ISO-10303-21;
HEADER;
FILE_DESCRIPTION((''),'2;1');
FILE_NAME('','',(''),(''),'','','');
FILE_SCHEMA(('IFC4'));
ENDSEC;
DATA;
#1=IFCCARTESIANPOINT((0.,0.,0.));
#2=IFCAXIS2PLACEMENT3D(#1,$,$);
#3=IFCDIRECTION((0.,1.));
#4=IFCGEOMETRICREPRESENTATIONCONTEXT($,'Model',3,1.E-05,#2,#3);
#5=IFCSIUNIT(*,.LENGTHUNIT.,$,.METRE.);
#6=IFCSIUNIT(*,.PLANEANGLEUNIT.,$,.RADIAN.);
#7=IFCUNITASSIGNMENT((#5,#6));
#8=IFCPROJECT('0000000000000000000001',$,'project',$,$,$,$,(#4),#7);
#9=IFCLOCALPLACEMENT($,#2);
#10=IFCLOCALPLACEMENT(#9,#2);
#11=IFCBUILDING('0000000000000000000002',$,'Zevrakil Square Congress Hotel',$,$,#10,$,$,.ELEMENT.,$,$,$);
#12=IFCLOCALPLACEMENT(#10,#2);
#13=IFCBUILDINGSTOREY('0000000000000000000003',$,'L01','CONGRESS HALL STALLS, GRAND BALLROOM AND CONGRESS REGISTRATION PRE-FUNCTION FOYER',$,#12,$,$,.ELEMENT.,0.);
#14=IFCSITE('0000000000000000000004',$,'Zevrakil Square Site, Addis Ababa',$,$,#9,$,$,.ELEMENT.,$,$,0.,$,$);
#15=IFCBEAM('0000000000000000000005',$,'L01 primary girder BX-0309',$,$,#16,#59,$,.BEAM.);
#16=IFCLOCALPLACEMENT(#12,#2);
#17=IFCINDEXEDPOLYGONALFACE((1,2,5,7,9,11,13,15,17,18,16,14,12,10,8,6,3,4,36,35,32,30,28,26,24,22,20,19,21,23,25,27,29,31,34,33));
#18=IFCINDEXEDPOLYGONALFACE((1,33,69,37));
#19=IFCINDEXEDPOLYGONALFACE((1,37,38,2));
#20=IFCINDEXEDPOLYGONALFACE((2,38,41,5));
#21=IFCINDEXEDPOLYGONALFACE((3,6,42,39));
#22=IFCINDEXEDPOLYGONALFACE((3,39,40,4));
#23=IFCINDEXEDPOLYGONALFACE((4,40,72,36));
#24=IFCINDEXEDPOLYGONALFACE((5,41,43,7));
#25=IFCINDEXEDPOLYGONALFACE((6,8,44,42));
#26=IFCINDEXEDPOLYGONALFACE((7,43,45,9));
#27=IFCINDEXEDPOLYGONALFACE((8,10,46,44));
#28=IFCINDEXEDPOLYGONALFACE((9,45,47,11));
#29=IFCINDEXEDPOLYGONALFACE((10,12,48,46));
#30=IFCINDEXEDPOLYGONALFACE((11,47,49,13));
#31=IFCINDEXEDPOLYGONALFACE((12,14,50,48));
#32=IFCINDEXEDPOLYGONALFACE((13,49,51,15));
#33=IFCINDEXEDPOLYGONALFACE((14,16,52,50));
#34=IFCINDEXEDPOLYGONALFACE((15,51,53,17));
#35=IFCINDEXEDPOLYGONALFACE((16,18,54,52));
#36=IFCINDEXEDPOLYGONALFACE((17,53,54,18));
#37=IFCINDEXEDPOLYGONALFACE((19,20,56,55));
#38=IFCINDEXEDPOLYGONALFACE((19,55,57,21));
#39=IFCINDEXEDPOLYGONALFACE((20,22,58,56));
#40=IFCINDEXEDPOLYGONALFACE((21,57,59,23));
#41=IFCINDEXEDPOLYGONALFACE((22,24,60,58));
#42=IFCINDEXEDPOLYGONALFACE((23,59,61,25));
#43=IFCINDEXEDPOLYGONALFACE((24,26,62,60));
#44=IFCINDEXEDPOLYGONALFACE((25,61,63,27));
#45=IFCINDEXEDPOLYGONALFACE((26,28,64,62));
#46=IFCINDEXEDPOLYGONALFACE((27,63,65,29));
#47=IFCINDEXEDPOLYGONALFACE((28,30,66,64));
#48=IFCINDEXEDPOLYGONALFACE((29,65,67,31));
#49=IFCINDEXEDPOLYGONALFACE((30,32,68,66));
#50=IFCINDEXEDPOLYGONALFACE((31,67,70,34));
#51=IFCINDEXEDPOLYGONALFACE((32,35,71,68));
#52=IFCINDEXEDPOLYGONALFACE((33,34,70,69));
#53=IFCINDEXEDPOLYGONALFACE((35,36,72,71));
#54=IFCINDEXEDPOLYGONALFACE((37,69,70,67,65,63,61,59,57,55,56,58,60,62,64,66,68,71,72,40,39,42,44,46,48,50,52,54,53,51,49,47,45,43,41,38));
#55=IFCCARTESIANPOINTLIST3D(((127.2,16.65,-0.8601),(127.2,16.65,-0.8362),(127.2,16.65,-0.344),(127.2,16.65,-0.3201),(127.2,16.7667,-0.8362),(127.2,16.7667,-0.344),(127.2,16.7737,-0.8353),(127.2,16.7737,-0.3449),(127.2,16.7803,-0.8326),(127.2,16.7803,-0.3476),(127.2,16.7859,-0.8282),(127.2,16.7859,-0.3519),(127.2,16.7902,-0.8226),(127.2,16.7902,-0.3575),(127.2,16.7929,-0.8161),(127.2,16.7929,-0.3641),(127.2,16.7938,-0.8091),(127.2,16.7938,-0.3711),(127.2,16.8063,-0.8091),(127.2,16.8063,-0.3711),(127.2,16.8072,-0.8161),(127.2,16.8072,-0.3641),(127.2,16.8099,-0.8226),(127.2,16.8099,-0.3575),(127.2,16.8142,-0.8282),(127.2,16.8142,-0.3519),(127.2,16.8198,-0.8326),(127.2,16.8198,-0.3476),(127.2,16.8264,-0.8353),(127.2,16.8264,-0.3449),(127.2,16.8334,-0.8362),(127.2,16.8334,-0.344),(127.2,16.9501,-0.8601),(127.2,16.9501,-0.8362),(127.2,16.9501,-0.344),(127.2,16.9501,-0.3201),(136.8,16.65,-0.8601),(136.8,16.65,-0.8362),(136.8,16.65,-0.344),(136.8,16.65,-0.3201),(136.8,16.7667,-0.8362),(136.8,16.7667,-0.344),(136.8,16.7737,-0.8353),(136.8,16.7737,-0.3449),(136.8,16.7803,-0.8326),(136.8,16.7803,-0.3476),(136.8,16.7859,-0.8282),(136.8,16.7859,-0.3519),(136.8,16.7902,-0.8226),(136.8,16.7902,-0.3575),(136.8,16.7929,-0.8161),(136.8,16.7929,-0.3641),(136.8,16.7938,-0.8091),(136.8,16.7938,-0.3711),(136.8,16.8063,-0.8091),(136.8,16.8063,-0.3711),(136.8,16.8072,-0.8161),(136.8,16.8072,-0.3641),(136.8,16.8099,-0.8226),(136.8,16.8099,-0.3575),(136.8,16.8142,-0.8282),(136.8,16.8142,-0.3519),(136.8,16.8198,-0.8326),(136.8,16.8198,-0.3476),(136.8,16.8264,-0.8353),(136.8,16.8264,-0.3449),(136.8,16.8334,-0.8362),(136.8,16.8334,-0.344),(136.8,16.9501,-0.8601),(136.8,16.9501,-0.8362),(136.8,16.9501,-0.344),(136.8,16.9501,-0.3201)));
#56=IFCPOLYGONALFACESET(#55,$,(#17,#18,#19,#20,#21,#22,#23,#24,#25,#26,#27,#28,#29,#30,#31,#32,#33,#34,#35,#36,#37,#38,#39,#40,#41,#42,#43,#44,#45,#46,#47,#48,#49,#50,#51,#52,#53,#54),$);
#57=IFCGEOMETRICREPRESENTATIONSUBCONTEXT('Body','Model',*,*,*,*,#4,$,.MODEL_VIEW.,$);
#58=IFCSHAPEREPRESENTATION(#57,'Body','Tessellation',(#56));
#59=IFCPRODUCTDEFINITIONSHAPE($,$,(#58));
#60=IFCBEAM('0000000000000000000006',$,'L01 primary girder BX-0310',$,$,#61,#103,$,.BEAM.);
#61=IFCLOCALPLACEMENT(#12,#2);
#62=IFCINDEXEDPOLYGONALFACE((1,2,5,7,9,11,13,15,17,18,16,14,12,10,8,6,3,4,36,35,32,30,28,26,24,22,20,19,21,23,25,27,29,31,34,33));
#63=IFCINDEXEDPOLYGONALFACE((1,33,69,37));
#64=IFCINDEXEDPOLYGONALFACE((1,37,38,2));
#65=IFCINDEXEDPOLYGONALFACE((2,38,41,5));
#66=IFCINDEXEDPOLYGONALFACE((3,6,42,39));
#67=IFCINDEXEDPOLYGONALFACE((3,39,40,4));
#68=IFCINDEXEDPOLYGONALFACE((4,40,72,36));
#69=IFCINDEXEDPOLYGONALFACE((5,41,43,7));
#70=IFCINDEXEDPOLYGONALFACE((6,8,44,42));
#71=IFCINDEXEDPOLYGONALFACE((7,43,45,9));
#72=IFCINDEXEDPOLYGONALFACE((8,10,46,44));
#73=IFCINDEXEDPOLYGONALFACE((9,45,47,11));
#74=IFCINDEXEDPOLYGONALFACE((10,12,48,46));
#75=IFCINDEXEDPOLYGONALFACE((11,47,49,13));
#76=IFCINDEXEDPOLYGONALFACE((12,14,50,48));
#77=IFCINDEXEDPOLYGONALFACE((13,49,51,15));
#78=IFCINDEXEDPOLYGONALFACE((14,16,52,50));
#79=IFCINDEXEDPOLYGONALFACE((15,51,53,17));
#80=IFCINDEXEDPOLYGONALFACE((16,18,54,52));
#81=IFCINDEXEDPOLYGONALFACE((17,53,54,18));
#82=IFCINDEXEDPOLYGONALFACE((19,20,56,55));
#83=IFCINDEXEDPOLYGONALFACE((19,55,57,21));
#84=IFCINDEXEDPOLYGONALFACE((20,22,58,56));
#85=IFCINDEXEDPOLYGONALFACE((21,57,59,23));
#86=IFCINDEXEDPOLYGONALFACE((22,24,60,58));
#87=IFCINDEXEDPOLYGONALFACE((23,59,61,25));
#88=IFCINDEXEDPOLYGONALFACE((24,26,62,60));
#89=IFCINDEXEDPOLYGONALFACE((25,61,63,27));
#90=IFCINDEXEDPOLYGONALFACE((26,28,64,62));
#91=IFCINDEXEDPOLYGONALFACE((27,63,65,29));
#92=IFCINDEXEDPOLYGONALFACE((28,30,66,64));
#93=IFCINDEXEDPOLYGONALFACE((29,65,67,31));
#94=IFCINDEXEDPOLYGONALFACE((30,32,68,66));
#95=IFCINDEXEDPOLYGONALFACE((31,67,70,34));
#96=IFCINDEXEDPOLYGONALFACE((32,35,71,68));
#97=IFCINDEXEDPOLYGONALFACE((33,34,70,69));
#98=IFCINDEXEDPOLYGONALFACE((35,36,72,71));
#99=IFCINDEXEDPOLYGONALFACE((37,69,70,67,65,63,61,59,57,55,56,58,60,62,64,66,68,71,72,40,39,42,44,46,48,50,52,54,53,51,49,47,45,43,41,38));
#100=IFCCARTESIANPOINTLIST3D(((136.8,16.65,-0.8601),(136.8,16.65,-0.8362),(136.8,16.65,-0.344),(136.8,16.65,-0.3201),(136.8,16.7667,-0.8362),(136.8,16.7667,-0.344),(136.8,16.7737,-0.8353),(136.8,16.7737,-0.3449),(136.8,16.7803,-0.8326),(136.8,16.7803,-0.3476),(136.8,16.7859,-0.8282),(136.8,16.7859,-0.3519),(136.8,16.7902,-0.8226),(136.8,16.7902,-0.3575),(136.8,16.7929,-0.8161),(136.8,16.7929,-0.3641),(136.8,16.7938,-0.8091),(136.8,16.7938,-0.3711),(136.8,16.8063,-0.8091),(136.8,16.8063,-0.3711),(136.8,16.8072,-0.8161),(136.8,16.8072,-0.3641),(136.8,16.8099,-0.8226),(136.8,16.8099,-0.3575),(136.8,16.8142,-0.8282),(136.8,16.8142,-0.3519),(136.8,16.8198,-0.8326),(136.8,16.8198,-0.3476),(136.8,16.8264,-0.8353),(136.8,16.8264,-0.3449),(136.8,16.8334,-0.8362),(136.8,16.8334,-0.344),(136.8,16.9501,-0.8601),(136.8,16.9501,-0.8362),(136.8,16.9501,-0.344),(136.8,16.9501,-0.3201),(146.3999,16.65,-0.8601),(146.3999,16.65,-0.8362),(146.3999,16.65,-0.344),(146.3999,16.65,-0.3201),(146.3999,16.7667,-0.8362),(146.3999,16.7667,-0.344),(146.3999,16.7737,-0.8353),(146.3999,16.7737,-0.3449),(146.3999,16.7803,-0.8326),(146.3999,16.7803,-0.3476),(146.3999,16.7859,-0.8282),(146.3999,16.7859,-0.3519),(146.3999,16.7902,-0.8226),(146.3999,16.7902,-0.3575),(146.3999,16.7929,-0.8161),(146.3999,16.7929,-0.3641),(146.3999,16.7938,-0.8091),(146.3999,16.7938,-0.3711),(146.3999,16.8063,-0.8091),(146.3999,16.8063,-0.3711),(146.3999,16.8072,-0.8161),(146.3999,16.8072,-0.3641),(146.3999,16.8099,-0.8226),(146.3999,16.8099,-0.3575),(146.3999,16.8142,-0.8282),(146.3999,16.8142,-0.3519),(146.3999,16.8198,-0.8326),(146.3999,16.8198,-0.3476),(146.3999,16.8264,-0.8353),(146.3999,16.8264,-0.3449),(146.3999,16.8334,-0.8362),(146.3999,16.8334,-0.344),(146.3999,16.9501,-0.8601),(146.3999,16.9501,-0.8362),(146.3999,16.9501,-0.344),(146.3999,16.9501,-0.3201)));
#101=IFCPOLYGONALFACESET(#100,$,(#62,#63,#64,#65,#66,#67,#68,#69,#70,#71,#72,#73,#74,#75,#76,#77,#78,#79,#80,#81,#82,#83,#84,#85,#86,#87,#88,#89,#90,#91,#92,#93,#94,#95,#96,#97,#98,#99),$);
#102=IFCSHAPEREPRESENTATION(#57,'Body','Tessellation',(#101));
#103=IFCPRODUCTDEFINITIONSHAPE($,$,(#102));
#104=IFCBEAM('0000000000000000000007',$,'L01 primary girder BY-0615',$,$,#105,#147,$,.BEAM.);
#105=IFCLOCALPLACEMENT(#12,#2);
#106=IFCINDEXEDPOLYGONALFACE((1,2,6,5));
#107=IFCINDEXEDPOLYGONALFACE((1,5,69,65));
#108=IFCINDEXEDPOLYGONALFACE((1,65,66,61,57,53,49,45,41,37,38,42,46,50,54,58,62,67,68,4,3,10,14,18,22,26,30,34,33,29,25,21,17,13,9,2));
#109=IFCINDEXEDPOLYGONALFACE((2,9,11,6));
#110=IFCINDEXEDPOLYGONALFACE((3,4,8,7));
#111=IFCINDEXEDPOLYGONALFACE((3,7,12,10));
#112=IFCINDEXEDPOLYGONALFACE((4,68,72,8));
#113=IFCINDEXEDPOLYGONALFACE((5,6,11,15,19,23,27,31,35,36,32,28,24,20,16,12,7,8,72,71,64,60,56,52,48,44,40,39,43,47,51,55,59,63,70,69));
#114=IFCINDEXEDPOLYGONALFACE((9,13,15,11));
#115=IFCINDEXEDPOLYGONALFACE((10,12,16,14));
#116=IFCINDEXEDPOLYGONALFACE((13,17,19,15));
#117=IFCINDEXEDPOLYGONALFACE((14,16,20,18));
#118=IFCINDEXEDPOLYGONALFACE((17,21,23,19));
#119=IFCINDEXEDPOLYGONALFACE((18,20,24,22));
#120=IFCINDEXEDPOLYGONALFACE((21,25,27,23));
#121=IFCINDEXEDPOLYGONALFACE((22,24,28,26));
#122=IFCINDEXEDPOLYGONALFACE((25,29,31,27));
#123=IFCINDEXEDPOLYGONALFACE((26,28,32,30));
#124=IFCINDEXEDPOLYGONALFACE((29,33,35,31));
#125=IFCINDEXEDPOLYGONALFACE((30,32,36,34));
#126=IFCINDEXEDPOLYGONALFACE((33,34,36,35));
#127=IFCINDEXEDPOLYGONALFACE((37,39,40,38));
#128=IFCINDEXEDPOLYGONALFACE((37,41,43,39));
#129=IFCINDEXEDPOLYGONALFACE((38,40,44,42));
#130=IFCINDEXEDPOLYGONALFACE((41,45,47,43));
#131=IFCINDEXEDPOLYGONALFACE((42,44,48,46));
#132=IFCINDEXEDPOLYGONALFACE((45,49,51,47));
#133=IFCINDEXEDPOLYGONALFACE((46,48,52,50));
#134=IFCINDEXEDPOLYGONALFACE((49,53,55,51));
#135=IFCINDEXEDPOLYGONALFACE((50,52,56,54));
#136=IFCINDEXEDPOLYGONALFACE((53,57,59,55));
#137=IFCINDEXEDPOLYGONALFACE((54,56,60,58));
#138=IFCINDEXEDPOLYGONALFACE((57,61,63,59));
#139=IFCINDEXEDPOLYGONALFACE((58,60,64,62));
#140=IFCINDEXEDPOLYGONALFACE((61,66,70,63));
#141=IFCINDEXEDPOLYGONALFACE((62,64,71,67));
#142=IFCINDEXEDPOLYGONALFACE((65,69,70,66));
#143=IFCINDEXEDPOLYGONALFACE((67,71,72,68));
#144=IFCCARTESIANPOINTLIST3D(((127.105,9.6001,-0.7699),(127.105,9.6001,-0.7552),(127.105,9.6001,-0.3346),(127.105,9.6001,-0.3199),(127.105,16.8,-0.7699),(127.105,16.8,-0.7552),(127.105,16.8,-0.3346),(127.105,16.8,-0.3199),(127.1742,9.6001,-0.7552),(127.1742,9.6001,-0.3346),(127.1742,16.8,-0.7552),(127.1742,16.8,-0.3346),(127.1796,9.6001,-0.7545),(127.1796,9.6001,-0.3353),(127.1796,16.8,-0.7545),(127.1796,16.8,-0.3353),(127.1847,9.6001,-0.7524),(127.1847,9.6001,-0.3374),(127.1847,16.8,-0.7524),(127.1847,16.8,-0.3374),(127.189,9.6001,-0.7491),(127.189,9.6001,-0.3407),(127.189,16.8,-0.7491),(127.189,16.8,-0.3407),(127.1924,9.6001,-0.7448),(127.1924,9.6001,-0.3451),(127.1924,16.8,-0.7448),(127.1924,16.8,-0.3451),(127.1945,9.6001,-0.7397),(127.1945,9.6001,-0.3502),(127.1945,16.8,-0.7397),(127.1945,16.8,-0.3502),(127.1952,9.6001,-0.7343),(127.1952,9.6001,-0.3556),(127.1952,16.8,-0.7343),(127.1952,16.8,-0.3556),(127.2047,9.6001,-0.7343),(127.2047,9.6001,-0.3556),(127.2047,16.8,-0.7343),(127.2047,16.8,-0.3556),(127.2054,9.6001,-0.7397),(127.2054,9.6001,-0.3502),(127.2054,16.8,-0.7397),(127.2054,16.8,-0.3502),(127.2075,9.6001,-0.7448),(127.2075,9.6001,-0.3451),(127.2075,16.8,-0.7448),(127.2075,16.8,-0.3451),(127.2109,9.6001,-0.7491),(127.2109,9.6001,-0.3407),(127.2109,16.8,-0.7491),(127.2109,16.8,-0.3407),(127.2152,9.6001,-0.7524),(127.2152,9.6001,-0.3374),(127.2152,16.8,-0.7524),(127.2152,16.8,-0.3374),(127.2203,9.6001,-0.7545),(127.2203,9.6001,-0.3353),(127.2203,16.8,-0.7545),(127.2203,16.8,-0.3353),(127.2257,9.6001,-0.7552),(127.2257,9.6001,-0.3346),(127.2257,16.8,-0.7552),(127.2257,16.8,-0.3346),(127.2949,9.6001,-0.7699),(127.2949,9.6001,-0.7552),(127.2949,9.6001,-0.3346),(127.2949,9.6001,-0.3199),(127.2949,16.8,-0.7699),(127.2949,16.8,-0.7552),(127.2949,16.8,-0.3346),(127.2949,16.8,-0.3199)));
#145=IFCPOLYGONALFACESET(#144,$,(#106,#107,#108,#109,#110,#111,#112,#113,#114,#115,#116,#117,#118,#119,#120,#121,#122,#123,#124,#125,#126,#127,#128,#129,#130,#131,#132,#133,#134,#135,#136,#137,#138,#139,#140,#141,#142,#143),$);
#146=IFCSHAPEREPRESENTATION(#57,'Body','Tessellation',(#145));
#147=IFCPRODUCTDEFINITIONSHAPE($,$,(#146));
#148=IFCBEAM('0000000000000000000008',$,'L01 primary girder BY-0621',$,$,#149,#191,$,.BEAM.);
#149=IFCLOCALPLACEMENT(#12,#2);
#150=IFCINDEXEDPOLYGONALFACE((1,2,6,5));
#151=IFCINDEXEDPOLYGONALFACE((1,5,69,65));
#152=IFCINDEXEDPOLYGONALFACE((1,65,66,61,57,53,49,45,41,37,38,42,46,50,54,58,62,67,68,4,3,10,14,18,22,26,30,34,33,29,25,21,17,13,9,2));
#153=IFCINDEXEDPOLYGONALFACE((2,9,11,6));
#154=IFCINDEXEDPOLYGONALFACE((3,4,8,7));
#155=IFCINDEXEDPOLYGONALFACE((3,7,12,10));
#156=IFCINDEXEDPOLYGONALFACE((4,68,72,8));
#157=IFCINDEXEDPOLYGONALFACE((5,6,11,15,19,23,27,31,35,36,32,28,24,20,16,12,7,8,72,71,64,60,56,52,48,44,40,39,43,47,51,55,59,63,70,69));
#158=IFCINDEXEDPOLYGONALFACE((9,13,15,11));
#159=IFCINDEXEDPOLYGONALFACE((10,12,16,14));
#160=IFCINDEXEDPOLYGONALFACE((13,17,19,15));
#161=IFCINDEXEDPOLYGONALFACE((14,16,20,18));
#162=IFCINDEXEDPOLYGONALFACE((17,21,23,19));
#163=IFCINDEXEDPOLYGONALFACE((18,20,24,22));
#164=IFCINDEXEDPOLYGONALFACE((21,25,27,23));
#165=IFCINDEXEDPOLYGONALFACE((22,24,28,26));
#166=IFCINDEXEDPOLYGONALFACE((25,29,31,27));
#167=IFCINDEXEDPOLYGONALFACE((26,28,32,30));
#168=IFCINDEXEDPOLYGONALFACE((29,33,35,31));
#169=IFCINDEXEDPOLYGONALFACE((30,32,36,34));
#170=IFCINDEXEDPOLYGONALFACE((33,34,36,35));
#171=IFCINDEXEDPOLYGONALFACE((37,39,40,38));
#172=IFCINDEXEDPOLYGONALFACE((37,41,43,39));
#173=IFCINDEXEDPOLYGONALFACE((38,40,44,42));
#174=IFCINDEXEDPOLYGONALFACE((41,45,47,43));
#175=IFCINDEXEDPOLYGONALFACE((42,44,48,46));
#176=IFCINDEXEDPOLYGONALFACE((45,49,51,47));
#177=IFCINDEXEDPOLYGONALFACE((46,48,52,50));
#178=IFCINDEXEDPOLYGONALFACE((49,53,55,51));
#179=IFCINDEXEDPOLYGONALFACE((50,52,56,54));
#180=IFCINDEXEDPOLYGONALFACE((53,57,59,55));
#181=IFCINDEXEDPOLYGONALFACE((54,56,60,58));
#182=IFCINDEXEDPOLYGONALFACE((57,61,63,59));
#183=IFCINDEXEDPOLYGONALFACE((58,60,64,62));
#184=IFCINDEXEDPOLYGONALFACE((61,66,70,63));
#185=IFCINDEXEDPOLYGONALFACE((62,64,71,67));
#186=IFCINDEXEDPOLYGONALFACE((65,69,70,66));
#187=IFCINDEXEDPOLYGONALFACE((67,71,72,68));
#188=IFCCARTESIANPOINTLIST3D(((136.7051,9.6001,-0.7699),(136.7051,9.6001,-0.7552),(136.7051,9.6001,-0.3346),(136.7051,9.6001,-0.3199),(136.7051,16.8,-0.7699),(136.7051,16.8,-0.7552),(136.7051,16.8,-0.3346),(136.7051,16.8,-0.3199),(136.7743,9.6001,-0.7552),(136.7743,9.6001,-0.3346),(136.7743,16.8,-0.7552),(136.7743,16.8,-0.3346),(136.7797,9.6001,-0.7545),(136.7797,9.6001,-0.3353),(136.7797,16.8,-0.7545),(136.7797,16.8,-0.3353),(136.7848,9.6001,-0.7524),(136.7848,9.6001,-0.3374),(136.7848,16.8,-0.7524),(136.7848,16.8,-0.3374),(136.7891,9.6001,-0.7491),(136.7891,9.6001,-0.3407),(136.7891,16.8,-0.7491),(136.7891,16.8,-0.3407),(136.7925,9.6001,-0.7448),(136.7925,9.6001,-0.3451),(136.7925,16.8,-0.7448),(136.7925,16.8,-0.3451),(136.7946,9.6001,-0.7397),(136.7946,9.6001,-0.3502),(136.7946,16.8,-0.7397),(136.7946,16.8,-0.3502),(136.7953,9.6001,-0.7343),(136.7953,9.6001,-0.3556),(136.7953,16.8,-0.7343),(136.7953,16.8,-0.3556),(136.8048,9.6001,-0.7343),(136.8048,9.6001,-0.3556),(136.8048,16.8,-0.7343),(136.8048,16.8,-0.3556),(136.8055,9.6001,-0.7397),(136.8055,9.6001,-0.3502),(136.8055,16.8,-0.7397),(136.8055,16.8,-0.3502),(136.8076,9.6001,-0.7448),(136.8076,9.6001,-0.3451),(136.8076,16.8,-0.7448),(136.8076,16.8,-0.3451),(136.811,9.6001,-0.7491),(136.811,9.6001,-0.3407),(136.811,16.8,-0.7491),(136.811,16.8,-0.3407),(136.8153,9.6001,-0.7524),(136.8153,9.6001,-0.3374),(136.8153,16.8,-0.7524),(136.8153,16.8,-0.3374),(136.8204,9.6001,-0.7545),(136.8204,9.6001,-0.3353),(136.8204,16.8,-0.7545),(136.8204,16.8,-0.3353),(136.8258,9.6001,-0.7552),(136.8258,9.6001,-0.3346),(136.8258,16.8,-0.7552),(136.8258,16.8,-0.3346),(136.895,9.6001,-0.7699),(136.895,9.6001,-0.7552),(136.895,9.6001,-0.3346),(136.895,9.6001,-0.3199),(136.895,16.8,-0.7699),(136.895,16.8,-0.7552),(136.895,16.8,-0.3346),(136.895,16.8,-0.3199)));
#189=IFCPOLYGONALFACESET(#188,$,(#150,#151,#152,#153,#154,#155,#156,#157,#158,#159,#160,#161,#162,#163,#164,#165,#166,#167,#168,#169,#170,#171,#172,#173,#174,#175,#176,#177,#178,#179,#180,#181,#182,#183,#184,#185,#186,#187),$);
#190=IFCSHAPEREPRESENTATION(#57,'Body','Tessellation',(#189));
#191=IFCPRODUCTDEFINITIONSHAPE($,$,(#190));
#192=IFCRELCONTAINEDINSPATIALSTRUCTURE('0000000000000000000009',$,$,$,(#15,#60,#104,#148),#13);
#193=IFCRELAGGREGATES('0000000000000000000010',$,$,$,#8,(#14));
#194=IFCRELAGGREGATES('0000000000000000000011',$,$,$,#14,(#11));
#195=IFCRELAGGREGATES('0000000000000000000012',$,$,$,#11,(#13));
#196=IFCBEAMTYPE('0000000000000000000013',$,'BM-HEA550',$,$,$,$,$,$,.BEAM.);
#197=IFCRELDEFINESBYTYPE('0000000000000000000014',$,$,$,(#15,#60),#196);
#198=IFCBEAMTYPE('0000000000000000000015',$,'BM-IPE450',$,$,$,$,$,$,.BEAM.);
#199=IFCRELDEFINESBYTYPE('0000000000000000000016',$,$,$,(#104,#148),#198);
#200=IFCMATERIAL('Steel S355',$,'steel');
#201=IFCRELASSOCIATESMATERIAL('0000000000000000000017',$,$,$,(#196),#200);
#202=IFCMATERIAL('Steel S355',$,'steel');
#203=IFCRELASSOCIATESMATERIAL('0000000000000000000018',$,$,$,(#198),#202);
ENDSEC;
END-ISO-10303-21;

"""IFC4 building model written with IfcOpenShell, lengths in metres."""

from ifc_helpers import new_model, si_unit, direction, frame, origin, origin_2d, place, context, subcontext, project, spatial, i_section, extrude, material, material_profile, profile_set, type_object, element, save


model = new_model("IFC4")

# Units and contexts
model_context = context("Model", 3, precision=1e-05, world=origin(), true_north=direction((0.0, 1.0)))
body_context = subcontext(model_context, "Body", "Model", "MODEL_VIEW")
ifc_project = project(units=[si_unit("LENGTHUNIT", "METRE"), si_unit("PLANEANGLEUNIT", "RADIAN")], contexts=[model_context])

# Site, building, storey
site_placement = place(None, origin())
site = spatial("IfcSite", under=ifc_project, at=site_placement, Name="Zevrakil Square Site, Addis Ababa", CompositionType="ELEMENT", RefElevation=0.0)
building_placement = place(site_placement, origin())
building = spatial("IfcBuilding", under=site, at=building_placement, Name="Zevrakil Square Congress Hotel", CompositionType="ELEMENT")
storey_placement = place(building_placement, origin())
storey = spatial("IfcBuildingStorey", under=building, at=storey_placement, Name="L01", Description="CONGRESS HALL STALLS, GRAND BALLROOM AND CONGRESS REGISTRATION PRE-FUNCTION FOYER", CompositionType="ELEMENT", Elevation=0.0)

# Beams
ifc_material_1 = material(Name="Steel S355", Category="steel")
ifc_material_profile_1 = material_profile(ifc_material_1, i_section(OverallWidth=0.3, OverallDepth=0.54, WebThickness=0.0125, FlangeThickness=0.0239, FilletRadius=0.0271, at=origin_2d()), Name="HEA 550")
ifc_profile_set_1 = profile_set([ifc_material_profile_1], Name="Steel S355")
beam_type_1 = type_object("IfcBeamType", Name="BM-HEA550", PredefinedType="BEAM", material=ifc_profile_set_1)
beam_1_placement = place(storey_placement, frame((127.2, 16.8, -0.5901), z_axis=(1.0, 0.0, 0.0), x_axis=(0.0, 1.0, 0.0)))
element("IfcBeam", 1, at=beam_1_placement, inside=storey, type_object=beam_type_1, Name="L01 primary girder BX-0309", PredefinedType="BEAM", context=body_context, shape_type="SweptSolid", body=[
    extrude(i_section(OverallWidth=0.3, OverallDepth=0.54, WebThickness=0.0125, FlangeThickness=0.0239, FilletRadius=0.0271, at=origin_2d()), origin(), (0.0, 0.0, 1.0), 9.6001),
])
beam_2_placement = place(storey_placement, frame((136.8, 16.8, -0.5901), z_axis=(1.0, 0.0, 0.0), x_axis=(0.0, 1.0, 0.0)))
element("IfcBeam", 2, at=beam_2_placement, inside=storey, type_object=beam_type_1, Name="L01 primary girder BX-0310", PredefinedType="BEAM", context=body_context, shape_type="SweptSolid", body=[
    extrude(i_section(OverallWidth=0.3, OverallDepth=0.54, WebThickness=0.0125, FlangeThickness=0.0239, FilletRadius=0.0271, at=origin_2d()), origin(), (0.0, 0.0, 1.0), 9.5999),
])
ifc_material_2 = material(Name="Steel S355", Category="steel")
ifc_material_profile_2 = material_profile(ifc_material_2, i_section(OverallWidth=0.1899, OverallDepth=0.45, WebThickness=0.0095, FlangeThickness=0.0146, FilletRadius=0.021, at=origin_2d()), Name="IPE 450")
ifc_profile_set_2 = profile_set([ifc_material_profile_2], Name="Steel S355")
beam_type_2 = type_object("IfcBeamType", Name="BM-IPE450", PredefinedType="BEAM", material=ifc_profile_set_2)
for number, where, z_axis, x_axis, name in (
    (3, (127.2, 9.6001, -0.5449), (0.0, 1.0, 0.0), (-1.0, 0.0, 0.0), "L01 primary girder BY-0615"),
    (4, (136.8, 9.6001, -0.5449), (0.0, 1.0, 0.0), (-1.0, 0.0, 0.0), "L01 primary girder BY-0621"),
):
    element("IfcBeam", number, at=place(storey_placement, frame(where, z_axis=z_axis, x_axis=x_axis)), inside=storey, type_object=beam_type_2, Name=name, PredefinedType="BEAM", context=body_context, shape_type="SweptSolid", body=[
        extrude(i_section(OverallWidth=0.1899, OverallDepth=0.45, WebThickness=0.0095, FlangeThickness=0.0146, FilletRadius=0.021, at=origin_2d()), origin(), (0.0, 0.0, 1.0), 7.2),
    ])

save(model, "model.ifc")
